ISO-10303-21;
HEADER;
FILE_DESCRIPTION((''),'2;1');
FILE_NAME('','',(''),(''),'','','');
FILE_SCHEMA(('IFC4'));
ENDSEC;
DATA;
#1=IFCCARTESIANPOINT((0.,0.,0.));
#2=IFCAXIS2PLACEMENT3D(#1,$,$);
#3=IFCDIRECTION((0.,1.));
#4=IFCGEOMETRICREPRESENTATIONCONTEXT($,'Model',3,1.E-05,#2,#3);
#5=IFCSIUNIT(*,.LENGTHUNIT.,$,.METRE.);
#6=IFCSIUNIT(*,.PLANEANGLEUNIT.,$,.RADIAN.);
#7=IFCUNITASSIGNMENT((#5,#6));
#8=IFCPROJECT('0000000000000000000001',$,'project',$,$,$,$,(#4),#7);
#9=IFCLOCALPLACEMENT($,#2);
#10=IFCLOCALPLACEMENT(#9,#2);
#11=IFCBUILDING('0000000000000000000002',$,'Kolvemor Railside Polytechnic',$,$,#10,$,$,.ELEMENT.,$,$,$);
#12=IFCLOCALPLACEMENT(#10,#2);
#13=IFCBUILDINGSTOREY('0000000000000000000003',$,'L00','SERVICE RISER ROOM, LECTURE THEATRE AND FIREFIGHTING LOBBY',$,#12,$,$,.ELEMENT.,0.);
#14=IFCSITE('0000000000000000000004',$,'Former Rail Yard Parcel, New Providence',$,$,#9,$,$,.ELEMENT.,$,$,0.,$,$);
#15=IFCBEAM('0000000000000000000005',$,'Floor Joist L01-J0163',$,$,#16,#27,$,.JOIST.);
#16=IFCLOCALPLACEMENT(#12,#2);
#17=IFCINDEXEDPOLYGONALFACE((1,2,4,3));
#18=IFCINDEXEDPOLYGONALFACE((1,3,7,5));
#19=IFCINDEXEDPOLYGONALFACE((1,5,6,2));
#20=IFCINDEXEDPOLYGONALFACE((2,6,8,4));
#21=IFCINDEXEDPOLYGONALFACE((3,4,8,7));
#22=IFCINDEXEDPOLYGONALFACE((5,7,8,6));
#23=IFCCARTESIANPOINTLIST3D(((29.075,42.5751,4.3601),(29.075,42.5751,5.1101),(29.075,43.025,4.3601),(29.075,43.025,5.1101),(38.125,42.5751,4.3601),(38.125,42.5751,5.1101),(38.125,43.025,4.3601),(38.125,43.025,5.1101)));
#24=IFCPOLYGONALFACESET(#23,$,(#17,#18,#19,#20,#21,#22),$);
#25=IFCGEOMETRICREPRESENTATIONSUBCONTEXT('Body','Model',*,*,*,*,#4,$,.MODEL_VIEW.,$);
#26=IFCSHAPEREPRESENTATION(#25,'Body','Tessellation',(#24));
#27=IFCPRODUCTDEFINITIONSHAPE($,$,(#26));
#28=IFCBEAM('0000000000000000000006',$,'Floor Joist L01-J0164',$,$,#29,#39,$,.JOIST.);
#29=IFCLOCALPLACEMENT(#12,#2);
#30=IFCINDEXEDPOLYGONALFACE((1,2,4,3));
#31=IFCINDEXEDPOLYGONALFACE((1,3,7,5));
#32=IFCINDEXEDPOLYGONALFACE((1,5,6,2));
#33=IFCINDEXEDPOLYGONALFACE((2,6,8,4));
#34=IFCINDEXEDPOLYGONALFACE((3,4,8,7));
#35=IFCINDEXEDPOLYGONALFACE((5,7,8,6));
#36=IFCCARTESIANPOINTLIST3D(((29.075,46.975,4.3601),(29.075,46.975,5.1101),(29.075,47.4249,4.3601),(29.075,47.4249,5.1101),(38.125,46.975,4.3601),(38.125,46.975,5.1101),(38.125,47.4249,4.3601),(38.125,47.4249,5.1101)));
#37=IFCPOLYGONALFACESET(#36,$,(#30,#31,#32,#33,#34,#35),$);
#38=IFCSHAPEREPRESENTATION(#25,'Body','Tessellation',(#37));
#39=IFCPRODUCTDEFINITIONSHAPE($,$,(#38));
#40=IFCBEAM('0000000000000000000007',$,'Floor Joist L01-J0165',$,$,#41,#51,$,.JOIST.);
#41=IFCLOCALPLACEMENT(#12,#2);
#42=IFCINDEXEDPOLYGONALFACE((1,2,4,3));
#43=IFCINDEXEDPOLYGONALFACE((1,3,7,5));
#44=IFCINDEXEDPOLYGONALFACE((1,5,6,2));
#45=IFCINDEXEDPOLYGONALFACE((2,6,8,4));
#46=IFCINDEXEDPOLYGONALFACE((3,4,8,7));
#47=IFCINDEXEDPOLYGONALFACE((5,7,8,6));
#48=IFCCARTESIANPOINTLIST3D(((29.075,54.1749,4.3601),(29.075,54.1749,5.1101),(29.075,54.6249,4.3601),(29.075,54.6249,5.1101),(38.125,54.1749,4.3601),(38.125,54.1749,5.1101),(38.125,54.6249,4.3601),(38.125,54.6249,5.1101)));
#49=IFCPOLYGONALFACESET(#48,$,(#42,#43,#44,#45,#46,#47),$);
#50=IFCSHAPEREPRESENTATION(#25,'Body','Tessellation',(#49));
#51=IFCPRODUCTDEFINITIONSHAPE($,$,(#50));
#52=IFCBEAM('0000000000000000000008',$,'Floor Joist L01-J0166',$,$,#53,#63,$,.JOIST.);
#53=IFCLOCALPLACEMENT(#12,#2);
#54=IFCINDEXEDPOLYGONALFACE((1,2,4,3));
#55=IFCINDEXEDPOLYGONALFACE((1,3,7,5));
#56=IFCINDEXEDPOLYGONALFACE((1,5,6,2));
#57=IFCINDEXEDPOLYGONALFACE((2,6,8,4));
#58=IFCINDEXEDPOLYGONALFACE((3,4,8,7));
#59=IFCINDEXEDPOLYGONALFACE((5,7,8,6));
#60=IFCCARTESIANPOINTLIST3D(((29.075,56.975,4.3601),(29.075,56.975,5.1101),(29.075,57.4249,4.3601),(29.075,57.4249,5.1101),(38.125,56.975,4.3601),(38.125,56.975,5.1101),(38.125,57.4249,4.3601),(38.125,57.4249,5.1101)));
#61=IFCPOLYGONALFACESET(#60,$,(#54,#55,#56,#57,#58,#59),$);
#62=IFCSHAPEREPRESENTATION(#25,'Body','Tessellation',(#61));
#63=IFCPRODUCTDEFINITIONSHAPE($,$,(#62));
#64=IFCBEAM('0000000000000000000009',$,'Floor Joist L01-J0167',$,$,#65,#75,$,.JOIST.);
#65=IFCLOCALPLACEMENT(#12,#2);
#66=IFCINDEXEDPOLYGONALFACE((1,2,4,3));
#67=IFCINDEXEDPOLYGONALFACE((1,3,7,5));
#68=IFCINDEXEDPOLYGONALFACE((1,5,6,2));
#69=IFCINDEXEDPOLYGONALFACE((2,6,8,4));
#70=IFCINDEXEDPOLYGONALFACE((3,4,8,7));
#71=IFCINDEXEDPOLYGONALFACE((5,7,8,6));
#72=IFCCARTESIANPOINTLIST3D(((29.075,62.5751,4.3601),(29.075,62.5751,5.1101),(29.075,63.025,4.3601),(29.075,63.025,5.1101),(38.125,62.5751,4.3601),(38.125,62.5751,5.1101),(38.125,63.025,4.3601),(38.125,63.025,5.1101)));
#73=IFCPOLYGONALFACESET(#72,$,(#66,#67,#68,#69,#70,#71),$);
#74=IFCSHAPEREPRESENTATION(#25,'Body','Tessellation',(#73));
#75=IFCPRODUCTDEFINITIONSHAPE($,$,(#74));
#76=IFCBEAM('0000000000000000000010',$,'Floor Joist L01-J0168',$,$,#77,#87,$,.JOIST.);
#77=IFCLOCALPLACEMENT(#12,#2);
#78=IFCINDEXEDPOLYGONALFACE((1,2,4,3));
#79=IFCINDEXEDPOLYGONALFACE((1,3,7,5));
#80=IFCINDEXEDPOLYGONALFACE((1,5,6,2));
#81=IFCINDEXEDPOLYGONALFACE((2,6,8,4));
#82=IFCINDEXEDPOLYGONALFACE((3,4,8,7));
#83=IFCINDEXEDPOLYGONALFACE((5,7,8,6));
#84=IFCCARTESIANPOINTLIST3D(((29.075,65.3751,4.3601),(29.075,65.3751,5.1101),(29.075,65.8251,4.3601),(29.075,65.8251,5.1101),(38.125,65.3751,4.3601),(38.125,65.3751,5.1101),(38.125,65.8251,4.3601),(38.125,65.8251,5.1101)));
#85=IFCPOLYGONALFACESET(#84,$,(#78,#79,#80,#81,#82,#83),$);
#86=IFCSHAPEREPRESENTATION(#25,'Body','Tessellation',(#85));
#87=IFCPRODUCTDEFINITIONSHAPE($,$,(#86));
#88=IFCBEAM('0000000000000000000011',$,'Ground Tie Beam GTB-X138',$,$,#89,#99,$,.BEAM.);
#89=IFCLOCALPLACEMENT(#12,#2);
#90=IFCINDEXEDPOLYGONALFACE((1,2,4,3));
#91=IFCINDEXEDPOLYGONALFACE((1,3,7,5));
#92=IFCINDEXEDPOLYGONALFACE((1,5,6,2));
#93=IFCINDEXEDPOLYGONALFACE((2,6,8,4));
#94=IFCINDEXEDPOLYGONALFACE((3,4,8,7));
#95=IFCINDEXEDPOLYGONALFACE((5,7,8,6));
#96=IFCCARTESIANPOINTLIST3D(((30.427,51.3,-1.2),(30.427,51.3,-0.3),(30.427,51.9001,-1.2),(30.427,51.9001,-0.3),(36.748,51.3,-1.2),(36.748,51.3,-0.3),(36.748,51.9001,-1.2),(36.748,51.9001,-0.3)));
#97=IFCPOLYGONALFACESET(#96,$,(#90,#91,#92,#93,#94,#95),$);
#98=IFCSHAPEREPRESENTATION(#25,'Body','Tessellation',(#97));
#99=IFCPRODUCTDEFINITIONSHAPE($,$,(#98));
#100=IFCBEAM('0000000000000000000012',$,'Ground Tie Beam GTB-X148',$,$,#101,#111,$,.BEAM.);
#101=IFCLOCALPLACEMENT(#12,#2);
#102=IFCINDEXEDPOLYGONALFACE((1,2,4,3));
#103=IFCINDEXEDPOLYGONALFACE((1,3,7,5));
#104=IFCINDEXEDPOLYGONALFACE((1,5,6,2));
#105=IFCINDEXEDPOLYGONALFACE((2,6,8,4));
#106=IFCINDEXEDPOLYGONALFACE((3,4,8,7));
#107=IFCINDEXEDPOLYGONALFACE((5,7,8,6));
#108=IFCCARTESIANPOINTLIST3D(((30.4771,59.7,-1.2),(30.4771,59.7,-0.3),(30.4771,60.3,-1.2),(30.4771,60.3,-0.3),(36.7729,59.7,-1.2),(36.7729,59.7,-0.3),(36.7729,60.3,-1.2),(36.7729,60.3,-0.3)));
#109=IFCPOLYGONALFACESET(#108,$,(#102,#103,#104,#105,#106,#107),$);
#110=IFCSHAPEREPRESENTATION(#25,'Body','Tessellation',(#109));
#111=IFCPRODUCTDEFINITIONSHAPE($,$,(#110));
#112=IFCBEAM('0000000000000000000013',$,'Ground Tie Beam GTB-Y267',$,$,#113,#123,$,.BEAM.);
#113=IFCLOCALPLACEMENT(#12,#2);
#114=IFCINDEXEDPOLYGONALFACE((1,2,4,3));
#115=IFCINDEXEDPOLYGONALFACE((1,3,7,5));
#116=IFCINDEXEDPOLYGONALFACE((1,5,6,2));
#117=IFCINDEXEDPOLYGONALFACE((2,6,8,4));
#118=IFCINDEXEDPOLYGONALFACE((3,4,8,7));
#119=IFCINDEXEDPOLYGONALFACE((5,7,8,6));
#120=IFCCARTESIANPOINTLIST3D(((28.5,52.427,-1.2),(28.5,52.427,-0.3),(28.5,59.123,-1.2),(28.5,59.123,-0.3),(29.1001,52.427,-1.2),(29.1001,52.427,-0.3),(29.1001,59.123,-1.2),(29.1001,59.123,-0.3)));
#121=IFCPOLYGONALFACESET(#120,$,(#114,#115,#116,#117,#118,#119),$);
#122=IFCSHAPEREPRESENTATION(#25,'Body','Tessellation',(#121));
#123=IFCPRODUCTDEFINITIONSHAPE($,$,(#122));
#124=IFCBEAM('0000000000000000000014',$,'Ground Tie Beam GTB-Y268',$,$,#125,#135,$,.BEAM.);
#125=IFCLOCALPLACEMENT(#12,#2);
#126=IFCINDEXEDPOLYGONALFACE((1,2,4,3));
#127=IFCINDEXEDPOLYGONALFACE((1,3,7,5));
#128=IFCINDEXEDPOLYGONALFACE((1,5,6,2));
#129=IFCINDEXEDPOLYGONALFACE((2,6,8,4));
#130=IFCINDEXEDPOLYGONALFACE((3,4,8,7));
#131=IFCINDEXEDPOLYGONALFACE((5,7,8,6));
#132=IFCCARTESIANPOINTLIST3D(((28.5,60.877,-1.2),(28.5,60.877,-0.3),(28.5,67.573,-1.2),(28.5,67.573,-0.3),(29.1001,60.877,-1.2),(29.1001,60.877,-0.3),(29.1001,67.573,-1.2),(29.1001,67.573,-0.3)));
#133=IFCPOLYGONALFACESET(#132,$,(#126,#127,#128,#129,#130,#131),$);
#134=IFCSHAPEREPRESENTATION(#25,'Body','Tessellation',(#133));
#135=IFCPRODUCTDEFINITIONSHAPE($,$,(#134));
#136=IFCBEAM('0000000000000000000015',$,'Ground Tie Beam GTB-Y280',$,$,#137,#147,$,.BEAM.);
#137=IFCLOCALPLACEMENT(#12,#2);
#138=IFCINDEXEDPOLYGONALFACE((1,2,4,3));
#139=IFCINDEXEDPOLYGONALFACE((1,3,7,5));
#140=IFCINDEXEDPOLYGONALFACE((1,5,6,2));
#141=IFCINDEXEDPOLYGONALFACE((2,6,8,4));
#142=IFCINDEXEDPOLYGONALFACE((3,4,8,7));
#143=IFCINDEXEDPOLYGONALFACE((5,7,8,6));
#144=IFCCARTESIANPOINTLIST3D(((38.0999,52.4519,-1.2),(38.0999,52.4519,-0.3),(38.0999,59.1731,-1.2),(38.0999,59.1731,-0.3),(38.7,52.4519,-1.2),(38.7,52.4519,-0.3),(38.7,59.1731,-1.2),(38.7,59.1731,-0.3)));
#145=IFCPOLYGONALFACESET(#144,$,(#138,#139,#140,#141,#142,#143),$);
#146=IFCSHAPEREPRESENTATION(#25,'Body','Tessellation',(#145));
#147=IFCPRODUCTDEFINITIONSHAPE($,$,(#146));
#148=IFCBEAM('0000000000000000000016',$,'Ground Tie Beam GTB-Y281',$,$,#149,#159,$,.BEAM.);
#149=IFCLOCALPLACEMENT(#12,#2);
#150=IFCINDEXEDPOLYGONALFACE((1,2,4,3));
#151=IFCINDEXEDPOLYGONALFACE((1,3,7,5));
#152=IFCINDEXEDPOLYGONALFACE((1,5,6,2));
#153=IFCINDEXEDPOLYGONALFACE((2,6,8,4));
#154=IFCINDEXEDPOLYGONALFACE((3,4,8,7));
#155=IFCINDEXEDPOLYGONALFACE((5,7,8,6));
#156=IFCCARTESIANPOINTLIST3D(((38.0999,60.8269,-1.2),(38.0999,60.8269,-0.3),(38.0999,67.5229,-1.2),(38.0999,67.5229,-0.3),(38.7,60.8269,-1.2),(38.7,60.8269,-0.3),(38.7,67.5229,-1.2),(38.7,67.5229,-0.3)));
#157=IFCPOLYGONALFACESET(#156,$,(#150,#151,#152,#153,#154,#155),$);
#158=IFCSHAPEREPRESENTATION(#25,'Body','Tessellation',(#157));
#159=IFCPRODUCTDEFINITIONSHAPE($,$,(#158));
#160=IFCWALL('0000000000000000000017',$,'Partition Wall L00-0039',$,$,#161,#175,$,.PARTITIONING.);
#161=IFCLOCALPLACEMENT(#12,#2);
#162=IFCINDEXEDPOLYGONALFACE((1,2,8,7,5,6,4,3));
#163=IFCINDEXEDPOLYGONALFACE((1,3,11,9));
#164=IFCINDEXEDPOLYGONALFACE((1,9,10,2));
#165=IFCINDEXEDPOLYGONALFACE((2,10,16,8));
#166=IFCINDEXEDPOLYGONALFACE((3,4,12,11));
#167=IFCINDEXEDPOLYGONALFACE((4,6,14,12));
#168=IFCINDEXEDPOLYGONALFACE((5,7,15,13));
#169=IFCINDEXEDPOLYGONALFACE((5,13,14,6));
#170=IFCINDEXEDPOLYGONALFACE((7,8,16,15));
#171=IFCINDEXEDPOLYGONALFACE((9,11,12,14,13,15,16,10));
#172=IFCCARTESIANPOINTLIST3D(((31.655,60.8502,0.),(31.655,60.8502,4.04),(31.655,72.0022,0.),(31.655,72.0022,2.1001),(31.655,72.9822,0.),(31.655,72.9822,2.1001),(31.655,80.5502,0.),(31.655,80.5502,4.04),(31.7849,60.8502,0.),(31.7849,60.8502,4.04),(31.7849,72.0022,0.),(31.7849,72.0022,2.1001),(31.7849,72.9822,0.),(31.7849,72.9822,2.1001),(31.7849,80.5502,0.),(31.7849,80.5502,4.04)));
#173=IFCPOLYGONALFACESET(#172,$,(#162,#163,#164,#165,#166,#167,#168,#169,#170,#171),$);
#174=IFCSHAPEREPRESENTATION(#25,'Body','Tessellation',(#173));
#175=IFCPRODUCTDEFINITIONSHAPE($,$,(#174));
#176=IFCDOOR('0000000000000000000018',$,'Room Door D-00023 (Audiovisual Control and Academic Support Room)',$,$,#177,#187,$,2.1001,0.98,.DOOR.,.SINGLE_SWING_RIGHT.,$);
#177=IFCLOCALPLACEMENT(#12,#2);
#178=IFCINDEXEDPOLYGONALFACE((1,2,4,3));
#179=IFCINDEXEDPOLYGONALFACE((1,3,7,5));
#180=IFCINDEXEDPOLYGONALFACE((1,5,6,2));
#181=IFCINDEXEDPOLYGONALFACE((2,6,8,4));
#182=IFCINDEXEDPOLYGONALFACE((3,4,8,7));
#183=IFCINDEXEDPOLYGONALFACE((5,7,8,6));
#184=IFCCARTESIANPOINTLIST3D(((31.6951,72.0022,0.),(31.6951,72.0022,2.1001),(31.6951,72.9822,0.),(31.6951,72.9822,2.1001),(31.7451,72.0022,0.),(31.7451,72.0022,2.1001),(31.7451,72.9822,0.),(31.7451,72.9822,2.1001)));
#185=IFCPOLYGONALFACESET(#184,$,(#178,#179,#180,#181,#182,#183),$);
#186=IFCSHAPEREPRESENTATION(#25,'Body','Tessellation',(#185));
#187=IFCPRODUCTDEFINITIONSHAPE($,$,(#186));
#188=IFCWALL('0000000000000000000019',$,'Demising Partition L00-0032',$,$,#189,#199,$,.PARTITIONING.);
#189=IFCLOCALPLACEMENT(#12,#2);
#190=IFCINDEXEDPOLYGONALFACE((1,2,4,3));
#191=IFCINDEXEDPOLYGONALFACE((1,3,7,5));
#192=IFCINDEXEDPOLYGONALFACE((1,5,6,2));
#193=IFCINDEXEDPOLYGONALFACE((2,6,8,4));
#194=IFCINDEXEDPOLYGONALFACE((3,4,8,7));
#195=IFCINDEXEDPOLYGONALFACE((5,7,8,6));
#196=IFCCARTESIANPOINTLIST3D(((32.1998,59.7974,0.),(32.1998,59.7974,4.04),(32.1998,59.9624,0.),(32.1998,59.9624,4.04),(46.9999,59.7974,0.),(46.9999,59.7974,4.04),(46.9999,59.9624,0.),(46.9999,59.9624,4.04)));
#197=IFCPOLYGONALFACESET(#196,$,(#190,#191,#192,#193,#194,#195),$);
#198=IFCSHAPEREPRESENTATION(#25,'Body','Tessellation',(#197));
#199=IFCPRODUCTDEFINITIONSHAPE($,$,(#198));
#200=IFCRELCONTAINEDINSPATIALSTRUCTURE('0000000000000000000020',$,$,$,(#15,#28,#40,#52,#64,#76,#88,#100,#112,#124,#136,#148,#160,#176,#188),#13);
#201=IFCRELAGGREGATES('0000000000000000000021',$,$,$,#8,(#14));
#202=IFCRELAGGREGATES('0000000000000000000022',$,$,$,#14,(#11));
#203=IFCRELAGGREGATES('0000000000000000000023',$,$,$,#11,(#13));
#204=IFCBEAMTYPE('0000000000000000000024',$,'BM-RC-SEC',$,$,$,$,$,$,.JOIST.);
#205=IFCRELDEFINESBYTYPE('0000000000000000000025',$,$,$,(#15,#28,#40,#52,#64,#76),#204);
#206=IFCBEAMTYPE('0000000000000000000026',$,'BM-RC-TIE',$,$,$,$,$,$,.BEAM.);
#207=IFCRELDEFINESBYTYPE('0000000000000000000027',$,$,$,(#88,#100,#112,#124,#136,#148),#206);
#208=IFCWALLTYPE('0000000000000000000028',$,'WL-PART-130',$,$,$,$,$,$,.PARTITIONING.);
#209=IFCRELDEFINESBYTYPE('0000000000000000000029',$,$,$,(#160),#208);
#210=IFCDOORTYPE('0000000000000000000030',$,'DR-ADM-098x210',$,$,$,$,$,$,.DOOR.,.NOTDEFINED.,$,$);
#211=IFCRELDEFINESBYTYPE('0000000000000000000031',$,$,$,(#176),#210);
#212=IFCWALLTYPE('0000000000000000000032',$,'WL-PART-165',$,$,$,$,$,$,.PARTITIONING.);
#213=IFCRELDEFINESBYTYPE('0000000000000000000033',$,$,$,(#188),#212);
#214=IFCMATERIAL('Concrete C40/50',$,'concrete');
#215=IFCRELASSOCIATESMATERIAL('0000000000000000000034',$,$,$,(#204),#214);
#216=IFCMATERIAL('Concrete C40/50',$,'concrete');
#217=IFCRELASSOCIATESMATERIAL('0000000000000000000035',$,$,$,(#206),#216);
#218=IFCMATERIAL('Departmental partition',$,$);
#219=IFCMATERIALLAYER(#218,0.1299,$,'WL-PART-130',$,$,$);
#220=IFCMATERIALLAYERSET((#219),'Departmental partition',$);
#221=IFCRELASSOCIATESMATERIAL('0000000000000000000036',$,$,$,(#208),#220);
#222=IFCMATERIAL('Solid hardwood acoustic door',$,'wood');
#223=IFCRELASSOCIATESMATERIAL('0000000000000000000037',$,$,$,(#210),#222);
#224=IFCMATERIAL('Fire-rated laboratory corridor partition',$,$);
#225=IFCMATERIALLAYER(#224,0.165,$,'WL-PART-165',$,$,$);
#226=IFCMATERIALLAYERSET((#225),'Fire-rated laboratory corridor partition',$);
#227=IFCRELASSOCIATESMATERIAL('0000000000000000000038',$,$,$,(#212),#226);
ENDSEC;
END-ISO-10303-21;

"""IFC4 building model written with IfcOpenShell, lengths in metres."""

from ifc_helpers import new_model, si_unit, direction, frame, frame_2d, origin, origin_2d, place, context, subcontext, project, spatial, rectangle, extrude, material, layer, layer_set, material_profile, profile_set, type_object, element, fill, save


model = new_model("IFC4")

# Units and contexts
model_context = context("Model", 3, precision=1e-05, world=origin(), true_north=direction((0.0, 1.0)))
body_context = subcontext(model_context, "Body", "Model", "MODEL_VIEW")
ifc_project = project(units=[si_unit("LENGTHUNIT", "METRE"), si_unit("PLANEANGLEUNIT", "RADIAN")], contexts=[model_context])

# Site, building, storey
site_placement = place(None, origin())
site = spatial("IfcSite", under=ifc_project, at=site_placement, Name="Former Rail Yard Parcel, New Providence", CompositionType="ELEMENT", RefElevation=0.0)
building_placement = place(site_placement, origin())
building = spatial("IfcBuilding", under=site, at=building_placement, Name="Kolvemor Railside Polytechnic", CompositionType="ELEMENT")
storey_placement = place(building_placement, origin())
storey = spatial("IfcBuildingStorey", under=building, at=storey_placement, Name="L00", Description="SERVICE RISER ROOM, LECTURE THEATRE AND FIREFIGHTING LOBBY", CompositionType="ELEMENT", Elevation=0.0)

# Beams
ifc_material_1 = material(Name="Concrete C40/50", Category="concrete")
ifc_material_profile_1 = material_profile(ifc_material_1, rectangle(XDim=0.45, YDim=0.75, at=origin_2d()), Name="RC450x750")
ifc_profile_set_1 = profile_set([ifc_material_profile_1], Name="Concrete C40/50")
beam_type_1 = type_object("IfcBeamType", Name="BM-RC-SEC", PredefinedType="JOIST", material=ifc_profile_set_1)
for number, where, z_axis, x_axis, name in (
    (1, (29.075, 42.8, 4.7351), (1.0, 0.0, 0.0), (0.0, 1.0, 0.0), "Floor Joist L01-J0163"),
    (2, (29.075, 47.2, 4.7351), (1.0, 0.0, 0.0), (0.0, 1.0, 0.0), "Floor Joist L01-J0164"),
    (3, (29.075, 54.3999, 4.7351), (1.0, 0.0, 0.0), (0.0, 1.0, 0.0), "Floor Joist L01-J0165"),
    (4, (29.075, 57.2, 4.7351), (1.0, 0.0, 0.0), (0.0, 1.0, 0.0), "Floor Joist L01-J0166"),
    (5, (29.075, 62.8, 4.7351), (1.0, 0.0, 0.0), (0.0, 1.0, 0.0), "Floor Joist L01-J0167"),
    (6, (29.075, 65.6001, 4.7351), (1.0, 0.0, 0.0), (0.0, 1.0, 0.0), "Floor Joist L01-J0168"),
):
    element("IfcBeam", number, at=place(storey_placement, frame(where, z_axis=z_axis, x_axis=x_axis)), inside=storey, type_object=beam_type_1, Name=name, PredefinedType="JOIST", context=body_context, shape_type="SweptSolid", body=[
        extrude(rectangle(XDim=0.45, YDim=0.75, at=origin_2d()), origin(), (0.0, 0.0, 1.0), 9.05),
    ])
ifc_material_2 = material(Name="Concrete C40/50", Category="concrete")
ifc_material_profile_2 = material_profile(ifc_material_2, rectangle(XDim=0.6001, YDim=0.8999, at=origin_2d()), Name="RC600x900")
ifc_profile_set_2 = profile_set([ifc_material_profile_2], Name="Concrete C40/50")
beam_type_2 = type_object("IfcBeamType", Name="BM-RC-TIE", PredefinedType="BEAM", material=ifc_profile_set_2)
beam_1_placement = place(storey_placement, frame((30.427, 51.6001, -0.75), z_axis=(1.0, 0.0, 0.0), x_axis=(0.0, 1.0, 0.0)))
element("IfcBeam", 7, at=beam_1_placement, inside=storey, type_object=beam_type_2, Name="Ground Tie Beam GTB-X138", PredefinedType="BEAM", context=body_context, shape_type="SweptSolid", body=[
    extrude(rectangle(XDim=0.6001, YDim=0.8999, at=origin_2d()), origin(), (0.0, 0.0, 1.0), 6.321),
])
beam_2_placement = place(storey_placement, frame((30.4771, 60.0, -0.75), z_axis=(1.0, 0.0, 0.0), x_axis=(0.0, 1.0, 0.0)))
element("IfcBeam", 8, at=beam_2_placement, inside=storey, type_object=beam_type_2, Name="Ground Tie Beam GTB-X148", PredefinedType="BEAM", context=body_context, shape_type="SweptSolid", body=[
    extrude(rectangle(XDim=0.6001, YDim=0.8999, at=origin_2d()), origin(), (0.0, 0.0, 1.0), 6.2959),
])
for number, where, z_axis, x_axis, name in (
    (9, (28.8, 52.427, -0.75), (0.0, 1.0, 0.0), (-1.0, 0.0, 0.0), "Ground Tie Beam GTB-Y267"),
    (10, (28.8, 60.877, -0.75), (0.0, 1.0, 0.0), (-1.0, 0.0, 0.0), "Ground Tie Beam GTB-Y268"),
):
    element("IfcBeam", number, at=place(storey_placement, frame(where, z_axis=z_axis, x_axis=x_axis)), inside=storey, type_object=beam_type_2, Name=name, PredefinedType="BEAM", context=body_context, shape_type="SweptSolid", body=[
        extrude(rectangle(XDim=0.6001, YDim=0.8999, at=origin_2d()), origin(), (0.0, 0.0, 1.0), 6.696),
    ])
beam_3_placement = place(storey_placement, frame((38.3999, 52.4519, -0.75), z_axis=(0.0, 1.0, 0.0), x_axis=(-1.0, 0.0, 0.0)))
element("IfcBeam", 11, at=beam_3_placement, inside=storey, type_object=beam_type_2, Name="Ground Tie Beam GTB-Y280", PredefinedType="BEAM", context=body_context, shape_type="SweptSolid", body=[
    extrude(rectangle(XDim=0.6001, YDim=0.8999, at=origin_2d()), origin(), (0.0, 0.0, 1.0), 6.7212),
])
beam_4_placement = place(storey_placement, frame((38.3999, 60.8269, -0.75), z_axis=(0.0, 1.0, 0.0), x_axis=(-1.0, 0.0, 0.0)))
element("IfcBeam", 12, at=beam_4_placement, inside=storey, type_object=beam_type_2, Name="Ground Tie Beam GTB-Y281", PredefinedType="BEAM", context=body_context, shape_type="SweptSolid", body=[
    extrude(rectangle(XDim=0.6001, YDim=0.8999, at=origin_2d()), origin(), (0.0, 0.0, 1.0), 6.696),
])

# Wall, opening, door
ifc_material_3 = material(Name="Departmental partition")
ifc_layer_1 = layer(ifc_material_3, 0.1299, Name="WL-PART-130")
ifc_layer_set_1 = layer_set([ifc_layer_1], Name="Departmental partition")
wall_type_1 = type_object("IfcWallType", Name="WL-PART-130", PredefinedType="PARTITIONING", material=ifc_layer_set_1)
wall_1_placement = place(storey_placement, frame((31.72, 60.8501, 0.0), z_axis=(0.0, 0.0, 1.0), x_axis=(0.0, 1.0, 0.0)))
wall_1 = element("IfcWall", 13, at=wall_1_placement, inside=storey, type_object=wall_type_1, Name="Partition Wall L00-0039", PredefinedType="PARTITIONING", context=body_context, shape_type="SweptSolid", body=[
    extrude(rectangle(XDim=19.7, YDim=0.1299, at=frame_2d((9.8501, 0.0))), origin(), (0.0, 0.0, 1.0), 4.04),
])
opening_1_placement = place(wall_1_placement, frame((11.1521, 0.0, 0.0)))
opening_1 = element("IfcOpeningElement", 14, at=opening_1_placement, cuts=wall_1, PredefinedType="OPENING", context=body_context, shape_type="SweptSolid", body=[
    extrude(rectangle(XDim=0.98, YDim=2.1001, at=frame_2d((0.49, 1.05))), frame((0.0, 0.075, 0.0), z_axis=(0.0, -1.0, 0.0), x_axis=(1.0, 0.0, 0.0)), (0.0, 0.0, 1.0), 0.1499),
])
ifc_material_4 = material(Name="Solid hardwood acoustic door", Category="wood")
door_type_1 = type_object("IfcDoorType", Name="DR-ADM-098x210", OperationType="NOTDEFINED", PredefinedType="DOOR", material=ifc_material_4)
door_1_placement = place(opening_1_placement, origin())
door_1 = element("IfcDoor", 15, at=door_1_placement, inside=storey, type_object=door_type_1, Name="Room Door D-00023 (Audiovisual Control and Academic Support Room)", OperationType="SINGLE_SWING_RIGHT", OverallHeight=2.1001, OverallWidth=0.98, PredefinedType="DOOR", context=body_context, shape_type="SweptSolid", body=[
    extrude(rectangle(XDim=0.98, YDim=2.1001, at=frame_2d((0.49, 1.05))), frame((0.0, 0.0249, 0.0), z_axis=(0.0, -1.0, 0.0), x_axis=(1.0, 0.0, 0.0)), (0.0, 0.0, 1.0), 0.05),
])
fill(opening_1, door_1)

# Wall
ifc_material_5 = material(Name="Fire-rated laboratory corridor partition")
ifc_layer_2 = layer(ifc_material_5, 0.165, Name="WL-PART-165")
ifc_layer_set_2 = layer_set([ifc_layer_2], Name="Fire-rated laboratory corridor partition")
wall_type_2 = type_object("IfcWallType", Name="WL-PART-165", PredefinedType="PARTITIONING", material=ifc_layer_set_2)
wall_2_placement = place(storey_placement, frame((32.2, 59.8799, 0.0), z_axis=(0.0, 0.0, 1.0), x_axis=(1.0, 0.0, 0.0)))
element("IfcWall", 16, at=wall_2_placement, inside=storey, type_object=wall_type_2, Name="Demising Partition L00-0032", PredefinedType="PARTITIONING", context=body_context, shape_type="SweptSolid", body=[
    extrude(rectangle(XDim=14.8, YDim=0.165, at=frame_2d((7.3999, 0.0))), origin(), (0.0, 0.0, 1.0), 4.04),
])

save(model, "model.ifc")
